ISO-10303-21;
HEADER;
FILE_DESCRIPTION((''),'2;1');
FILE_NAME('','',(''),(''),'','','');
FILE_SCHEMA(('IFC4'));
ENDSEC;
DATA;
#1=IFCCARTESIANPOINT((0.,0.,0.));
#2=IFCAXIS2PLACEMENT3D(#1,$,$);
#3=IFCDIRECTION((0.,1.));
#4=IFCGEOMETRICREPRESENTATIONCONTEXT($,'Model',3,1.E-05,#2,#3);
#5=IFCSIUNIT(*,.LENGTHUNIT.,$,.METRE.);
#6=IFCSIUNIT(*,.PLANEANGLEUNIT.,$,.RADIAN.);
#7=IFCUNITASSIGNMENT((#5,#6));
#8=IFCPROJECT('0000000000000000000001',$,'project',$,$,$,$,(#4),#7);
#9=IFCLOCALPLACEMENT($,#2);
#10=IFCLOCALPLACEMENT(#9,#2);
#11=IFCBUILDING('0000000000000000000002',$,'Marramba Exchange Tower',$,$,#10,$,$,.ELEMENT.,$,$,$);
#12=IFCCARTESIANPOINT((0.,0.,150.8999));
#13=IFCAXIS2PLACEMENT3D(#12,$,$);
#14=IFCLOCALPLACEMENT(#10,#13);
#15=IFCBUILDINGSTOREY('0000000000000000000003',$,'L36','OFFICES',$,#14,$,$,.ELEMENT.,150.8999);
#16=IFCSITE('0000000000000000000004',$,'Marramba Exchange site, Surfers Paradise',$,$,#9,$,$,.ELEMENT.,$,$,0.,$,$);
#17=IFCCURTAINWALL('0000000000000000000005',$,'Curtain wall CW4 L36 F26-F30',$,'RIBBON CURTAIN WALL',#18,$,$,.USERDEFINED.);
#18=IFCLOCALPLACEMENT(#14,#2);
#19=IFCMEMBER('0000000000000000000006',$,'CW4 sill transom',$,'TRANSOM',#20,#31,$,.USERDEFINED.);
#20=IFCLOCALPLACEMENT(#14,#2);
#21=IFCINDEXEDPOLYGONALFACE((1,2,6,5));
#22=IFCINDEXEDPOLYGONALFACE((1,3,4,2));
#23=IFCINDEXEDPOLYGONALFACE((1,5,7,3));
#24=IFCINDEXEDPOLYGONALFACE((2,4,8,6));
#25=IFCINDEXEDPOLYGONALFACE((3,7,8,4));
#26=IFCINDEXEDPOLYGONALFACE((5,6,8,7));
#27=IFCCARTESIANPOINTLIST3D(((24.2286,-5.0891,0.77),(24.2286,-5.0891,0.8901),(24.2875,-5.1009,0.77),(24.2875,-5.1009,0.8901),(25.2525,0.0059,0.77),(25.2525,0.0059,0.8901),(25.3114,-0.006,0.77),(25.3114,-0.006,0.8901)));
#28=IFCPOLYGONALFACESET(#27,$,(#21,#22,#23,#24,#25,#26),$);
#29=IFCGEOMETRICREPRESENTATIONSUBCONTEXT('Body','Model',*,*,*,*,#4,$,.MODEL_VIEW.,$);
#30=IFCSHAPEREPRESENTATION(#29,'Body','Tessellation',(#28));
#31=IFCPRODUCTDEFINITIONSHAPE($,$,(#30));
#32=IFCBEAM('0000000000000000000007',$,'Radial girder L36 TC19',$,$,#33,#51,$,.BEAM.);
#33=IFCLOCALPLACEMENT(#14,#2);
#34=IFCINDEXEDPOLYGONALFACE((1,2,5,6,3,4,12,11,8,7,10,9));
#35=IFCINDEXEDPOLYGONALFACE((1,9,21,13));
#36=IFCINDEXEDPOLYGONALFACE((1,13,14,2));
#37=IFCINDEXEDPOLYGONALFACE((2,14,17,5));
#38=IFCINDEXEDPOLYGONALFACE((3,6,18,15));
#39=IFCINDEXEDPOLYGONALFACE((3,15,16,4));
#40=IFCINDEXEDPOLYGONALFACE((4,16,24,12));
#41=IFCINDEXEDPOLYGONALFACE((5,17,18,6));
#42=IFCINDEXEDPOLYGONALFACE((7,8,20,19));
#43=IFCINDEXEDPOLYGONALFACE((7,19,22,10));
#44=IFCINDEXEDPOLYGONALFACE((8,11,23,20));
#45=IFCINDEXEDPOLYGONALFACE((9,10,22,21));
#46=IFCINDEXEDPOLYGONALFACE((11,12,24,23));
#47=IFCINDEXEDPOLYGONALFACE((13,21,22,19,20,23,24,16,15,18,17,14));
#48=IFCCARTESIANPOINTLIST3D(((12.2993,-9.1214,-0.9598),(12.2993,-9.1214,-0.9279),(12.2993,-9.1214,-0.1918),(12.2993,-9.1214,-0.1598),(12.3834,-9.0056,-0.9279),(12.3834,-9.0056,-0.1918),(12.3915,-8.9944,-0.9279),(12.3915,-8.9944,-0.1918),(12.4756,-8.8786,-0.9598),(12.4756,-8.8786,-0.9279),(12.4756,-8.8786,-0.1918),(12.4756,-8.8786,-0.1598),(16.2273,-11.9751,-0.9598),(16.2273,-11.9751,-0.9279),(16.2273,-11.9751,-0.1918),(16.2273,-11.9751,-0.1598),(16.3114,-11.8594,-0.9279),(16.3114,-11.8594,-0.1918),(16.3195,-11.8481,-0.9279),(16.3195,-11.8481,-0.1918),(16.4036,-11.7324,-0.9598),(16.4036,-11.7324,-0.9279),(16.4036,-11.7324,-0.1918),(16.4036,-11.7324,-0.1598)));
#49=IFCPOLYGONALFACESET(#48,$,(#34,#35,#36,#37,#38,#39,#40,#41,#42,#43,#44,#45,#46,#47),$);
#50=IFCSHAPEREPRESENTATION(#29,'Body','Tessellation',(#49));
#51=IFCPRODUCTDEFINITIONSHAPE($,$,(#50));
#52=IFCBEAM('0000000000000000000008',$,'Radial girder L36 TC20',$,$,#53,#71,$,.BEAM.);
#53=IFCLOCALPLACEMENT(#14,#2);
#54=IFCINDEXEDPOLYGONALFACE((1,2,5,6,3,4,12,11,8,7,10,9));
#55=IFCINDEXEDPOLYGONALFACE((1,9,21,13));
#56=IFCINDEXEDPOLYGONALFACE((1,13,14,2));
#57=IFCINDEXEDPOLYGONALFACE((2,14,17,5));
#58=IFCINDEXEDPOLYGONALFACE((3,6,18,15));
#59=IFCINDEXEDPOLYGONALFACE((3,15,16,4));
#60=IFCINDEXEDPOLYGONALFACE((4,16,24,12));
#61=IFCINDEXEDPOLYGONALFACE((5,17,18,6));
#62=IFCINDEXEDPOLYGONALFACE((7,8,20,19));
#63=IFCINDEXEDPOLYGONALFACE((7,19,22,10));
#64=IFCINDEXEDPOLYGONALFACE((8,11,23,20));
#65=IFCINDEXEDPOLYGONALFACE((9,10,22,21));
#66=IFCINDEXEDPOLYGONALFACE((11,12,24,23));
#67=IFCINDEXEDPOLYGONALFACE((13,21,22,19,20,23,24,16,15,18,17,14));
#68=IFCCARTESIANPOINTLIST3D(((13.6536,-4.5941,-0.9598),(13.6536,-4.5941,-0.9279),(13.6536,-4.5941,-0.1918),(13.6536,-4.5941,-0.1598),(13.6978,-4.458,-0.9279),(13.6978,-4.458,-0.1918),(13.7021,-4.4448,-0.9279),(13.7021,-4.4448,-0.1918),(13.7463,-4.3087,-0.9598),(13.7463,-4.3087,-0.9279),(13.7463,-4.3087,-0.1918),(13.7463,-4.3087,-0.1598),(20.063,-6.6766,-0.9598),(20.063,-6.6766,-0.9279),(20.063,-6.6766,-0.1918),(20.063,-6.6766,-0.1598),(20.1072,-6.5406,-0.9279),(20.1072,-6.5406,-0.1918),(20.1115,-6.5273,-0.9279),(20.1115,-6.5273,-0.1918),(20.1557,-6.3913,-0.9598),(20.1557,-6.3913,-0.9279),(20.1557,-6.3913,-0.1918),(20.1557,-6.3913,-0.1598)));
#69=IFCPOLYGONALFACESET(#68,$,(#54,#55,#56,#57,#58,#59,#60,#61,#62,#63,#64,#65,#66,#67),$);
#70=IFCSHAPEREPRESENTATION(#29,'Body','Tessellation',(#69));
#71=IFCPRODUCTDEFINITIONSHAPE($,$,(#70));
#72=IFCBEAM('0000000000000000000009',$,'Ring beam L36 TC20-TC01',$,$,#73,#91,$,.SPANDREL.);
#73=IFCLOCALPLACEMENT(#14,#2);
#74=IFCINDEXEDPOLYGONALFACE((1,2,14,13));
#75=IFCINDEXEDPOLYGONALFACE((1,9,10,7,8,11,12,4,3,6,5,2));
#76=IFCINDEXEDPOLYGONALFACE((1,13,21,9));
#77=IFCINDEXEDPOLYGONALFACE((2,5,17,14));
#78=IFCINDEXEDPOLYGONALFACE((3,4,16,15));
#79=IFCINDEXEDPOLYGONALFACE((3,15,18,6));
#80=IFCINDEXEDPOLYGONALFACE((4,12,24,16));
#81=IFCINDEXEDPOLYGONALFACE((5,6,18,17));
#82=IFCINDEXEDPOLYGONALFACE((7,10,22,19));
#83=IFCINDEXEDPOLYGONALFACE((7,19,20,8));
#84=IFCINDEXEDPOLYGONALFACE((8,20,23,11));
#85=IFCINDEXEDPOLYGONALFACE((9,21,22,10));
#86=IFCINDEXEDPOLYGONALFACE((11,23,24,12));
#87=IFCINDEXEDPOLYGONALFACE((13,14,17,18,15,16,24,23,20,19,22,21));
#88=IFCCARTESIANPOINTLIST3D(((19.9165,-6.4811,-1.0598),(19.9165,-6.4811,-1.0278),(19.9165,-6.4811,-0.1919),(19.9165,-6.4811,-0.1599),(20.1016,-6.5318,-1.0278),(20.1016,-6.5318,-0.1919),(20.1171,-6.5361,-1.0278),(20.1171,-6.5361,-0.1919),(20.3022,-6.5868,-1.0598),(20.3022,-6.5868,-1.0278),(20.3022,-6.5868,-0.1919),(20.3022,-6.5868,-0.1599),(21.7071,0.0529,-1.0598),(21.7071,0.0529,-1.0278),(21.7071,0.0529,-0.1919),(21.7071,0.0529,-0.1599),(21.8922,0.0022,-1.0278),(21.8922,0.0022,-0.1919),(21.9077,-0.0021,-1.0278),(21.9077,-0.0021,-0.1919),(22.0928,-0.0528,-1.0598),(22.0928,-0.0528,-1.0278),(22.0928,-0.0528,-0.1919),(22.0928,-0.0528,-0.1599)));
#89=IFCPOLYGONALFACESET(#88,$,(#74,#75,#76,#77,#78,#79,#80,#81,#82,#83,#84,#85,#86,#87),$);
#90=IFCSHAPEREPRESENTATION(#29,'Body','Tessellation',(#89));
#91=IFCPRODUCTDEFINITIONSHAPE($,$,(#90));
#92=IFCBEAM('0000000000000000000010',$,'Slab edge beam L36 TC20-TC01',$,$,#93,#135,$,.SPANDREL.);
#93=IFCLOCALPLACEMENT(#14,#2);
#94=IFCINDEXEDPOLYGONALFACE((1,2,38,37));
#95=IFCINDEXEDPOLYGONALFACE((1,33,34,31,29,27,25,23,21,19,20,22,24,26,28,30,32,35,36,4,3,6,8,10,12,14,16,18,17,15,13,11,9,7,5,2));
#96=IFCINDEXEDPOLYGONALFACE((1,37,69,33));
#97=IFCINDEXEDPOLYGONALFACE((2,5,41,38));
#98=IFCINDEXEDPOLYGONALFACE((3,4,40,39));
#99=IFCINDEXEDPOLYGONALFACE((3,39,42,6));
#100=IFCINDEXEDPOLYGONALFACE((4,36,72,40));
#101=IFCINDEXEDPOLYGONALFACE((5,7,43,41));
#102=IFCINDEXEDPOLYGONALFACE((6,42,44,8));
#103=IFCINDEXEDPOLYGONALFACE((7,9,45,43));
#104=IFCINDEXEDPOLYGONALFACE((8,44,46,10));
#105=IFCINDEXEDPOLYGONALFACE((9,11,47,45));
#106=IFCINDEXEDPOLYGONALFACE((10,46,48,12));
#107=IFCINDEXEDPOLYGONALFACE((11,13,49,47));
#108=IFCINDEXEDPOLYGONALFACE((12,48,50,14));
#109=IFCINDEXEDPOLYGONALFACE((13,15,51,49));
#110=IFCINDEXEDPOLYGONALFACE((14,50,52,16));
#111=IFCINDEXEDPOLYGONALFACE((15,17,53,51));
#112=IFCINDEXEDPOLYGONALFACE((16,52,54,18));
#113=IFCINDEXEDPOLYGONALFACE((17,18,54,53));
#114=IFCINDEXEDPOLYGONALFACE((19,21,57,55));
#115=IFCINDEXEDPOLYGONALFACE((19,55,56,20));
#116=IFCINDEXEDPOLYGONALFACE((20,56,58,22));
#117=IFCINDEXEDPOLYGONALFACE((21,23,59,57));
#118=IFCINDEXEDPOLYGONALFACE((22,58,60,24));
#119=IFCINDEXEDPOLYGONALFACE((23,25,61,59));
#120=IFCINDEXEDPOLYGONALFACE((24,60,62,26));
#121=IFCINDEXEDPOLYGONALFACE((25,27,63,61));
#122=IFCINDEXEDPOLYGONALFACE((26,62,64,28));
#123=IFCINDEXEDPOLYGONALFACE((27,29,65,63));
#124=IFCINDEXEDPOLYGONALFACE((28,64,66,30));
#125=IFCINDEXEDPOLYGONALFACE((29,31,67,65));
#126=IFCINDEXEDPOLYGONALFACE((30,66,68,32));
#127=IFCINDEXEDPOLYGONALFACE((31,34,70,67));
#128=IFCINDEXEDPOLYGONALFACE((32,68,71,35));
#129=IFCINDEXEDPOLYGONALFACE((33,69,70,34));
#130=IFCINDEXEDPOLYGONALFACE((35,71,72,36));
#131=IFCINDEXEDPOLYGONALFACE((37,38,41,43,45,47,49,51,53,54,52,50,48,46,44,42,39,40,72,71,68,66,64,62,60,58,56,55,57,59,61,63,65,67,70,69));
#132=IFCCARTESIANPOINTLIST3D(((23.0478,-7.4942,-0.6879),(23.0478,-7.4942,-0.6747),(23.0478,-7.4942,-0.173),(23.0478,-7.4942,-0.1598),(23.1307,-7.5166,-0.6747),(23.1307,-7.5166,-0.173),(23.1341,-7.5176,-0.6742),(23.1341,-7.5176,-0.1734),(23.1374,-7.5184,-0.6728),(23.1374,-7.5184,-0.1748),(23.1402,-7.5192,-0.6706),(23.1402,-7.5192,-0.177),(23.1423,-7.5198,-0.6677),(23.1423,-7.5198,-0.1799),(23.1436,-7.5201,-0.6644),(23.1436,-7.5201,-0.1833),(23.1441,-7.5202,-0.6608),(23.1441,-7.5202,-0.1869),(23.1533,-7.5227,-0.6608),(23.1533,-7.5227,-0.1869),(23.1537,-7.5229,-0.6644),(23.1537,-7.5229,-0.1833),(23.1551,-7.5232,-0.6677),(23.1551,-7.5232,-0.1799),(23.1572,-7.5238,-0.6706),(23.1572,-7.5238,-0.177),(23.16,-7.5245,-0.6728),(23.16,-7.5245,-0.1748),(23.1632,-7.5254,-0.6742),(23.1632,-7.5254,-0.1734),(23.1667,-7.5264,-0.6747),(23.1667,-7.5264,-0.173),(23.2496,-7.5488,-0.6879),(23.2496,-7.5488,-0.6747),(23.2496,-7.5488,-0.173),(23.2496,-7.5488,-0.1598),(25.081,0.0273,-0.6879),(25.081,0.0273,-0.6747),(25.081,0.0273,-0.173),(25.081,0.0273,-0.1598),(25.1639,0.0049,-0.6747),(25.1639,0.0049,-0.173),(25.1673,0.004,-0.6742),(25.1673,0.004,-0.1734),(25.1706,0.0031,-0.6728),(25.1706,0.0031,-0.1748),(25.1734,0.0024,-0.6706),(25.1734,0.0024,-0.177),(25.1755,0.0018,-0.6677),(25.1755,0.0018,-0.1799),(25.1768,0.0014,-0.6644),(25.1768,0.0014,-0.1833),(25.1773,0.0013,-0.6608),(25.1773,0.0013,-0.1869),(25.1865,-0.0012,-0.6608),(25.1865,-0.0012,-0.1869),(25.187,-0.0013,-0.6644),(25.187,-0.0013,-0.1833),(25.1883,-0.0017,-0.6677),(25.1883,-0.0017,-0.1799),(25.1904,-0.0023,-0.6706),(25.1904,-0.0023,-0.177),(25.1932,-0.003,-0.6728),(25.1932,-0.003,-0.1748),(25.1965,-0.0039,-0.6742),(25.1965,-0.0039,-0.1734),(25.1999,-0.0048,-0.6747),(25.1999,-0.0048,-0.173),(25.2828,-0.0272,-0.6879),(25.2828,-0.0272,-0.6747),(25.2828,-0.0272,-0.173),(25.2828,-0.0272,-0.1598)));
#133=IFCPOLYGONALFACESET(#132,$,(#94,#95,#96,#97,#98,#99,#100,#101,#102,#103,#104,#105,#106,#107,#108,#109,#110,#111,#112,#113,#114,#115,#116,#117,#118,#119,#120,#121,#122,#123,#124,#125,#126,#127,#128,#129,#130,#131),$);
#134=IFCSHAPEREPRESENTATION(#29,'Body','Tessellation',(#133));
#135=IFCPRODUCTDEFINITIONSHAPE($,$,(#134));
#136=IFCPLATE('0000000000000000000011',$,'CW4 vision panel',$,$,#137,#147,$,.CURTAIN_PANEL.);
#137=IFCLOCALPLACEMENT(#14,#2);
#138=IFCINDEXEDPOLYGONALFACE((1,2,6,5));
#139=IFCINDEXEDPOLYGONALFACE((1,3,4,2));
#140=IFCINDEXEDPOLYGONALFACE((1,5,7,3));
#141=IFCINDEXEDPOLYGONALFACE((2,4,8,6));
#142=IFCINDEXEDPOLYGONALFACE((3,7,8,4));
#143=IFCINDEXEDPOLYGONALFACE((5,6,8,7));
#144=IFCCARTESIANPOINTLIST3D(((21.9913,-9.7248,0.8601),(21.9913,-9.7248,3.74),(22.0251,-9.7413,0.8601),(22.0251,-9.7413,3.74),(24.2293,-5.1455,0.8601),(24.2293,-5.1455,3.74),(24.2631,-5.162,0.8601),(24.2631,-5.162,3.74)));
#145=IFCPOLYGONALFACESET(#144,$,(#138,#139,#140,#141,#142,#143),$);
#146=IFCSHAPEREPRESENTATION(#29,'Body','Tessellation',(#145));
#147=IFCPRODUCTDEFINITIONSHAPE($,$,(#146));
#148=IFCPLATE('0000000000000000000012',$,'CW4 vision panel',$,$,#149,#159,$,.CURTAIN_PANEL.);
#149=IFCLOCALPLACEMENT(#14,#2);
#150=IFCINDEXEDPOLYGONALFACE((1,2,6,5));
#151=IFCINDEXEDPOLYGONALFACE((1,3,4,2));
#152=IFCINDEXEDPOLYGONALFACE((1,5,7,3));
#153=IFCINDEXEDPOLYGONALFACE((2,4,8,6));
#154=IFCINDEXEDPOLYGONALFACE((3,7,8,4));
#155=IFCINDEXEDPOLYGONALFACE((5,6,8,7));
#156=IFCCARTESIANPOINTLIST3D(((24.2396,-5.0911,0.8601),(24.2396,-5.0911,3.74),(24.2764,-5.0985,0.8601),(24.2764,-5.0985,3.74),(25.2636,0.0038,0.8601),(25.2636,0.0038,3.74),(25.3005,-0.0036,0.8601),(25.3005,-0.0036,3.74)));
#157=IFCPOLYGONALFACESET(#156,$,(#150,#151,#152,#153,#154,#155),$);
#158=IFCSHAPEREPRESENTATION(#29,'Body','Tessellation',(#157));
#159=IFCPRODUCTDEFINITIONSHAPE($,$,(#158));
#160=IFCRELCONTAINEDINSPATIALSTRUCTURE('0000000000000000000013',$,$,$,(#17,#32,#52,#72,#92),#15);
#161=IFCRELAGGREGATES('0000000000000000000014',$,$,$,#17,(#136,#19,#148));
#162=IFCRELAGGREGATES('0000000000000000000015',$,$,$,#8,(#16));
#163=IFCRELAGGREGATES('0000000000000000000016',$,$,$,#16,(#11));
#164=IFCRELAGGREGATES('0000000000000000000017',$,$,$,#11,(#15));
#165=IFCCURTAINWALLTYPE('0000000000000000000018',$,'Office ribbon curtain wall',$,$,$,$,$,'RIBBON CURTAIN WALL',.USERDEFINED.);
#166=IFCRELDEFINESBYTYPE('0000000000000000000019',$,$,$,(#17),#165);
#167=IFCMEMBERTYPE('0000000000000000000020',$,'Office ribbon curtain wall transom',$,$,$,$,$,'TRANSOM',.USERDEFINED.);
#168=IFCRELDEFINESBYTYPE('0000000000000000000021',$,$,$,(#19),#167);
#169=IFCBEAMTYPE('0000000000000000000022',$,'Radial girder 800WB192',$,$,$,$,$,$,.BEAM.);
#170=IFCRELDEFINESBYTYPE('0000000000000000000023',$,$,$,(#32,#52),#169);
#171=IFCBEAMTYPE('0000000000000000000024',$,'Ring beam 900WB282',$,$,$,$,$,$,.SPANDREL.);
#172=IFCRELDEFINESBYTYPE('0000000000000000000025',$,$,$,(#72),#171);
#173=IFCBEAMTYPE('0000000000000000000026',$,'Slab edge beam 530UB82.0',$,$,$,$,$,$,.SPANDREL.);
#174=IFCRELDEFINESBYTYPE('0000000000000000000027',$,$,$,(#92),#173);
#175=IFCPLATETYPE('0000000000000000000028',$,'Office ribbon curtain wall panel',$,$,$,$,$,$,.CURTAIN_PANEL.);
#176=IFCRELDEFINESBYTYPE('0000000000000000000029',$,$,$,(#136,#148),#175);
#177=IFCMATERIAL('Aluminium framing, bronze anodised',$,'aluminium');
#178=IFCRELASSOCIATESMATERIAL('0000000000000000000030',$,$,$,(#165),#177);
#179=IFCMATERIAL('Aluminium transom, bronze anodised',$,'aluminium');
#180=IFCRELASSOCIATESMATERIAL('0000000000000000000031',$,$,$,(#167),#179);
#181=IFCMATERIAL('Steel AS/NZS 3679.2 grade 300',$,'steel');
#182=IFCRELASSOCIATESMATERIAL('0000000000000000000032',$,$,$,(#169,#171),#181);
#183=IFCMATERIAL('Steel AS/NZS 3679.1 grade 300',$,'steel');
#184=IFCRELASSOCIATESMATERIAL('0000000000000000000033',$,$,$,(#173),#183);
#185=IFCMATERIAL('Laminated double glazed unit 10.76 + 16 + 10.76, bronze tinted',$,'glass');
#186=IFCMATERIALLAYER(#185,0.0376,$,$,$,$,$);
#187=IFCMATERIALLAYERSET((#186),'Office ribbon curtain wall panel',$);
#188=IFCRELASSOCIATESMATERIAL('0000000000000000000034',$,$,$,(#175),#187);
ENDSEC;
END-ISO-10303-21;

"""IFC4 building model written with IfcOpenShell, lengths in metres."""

from ifc_helpers import new_model, si_unit, direction, frame, origin, origin_2d, place, context, subcontext, project, spatial, rectangle, i_section, extrude, material, layer, layer_set, material_profile, profile_set, type_object, element, aggregate, save


model = new_model("IFC4")

# Units and contexts
model_context = context("Model", 3, precision=1e-05, world=origin(), true_north=direction((0.0, 1.0)))
body_context = subcontext(model_context, "Body", "Model", "MODEL_VIEW")
ifc_project = project(units=[si_unit("LENGTHUNIT", "METRE"), si_unit("PLANEANGLEUNIT", "RADIAN")], contexts=[model_context])

# Site, building, storey
site_placement = place(None, origin())
site = spatial("IfcSite", under=ifc_project, at=site_placement, Name="Marramba Exchange site, Surfers Paradise", CompositionType="ELEMENT", RefElevation=0.0)
building_placement = place(site_placement, origin())
building = spatial("IfcBuilding", under=site, at=building_placement, Name="Marramba Exchange Tower", CompositionType="ELEMENT")
storey_placement = place(building_placement, frame((0.0, 0.0, 150.8999)))
storey = spatial("IfcBuildingStorey", under=building, at=storey_placement, Name="L36", Description="OFFICES", CompositionType="ELEMENT", Elevation=150.8999)

# Shared definitions
ifc_material_1 = material(Name="Steel AS/NZS 3679.2 grade 300", Category="steel")
ifc_material_2 = material(Name="Steel AS/NZS 3679.1 grade 300", Category="steel")

# Curtain wall, member
ifc_material_3 = material(Name="Aluminium framing, bronze anodised", Category="aluminium")
curtain_wall_type = type_object("IfcCurtainWallType", Name="Office ribbon curtain wall", ElementType="RIBBON CURTAIN WALL", PredefinedType="USERDEFINED", material=ifc_material_3)
curtain_wall_placement = place(storey_placement, origin())
curtain_wall = element("IfcCurtainWall", 1, at=curtain_wall_placement, inside=storey, type_object=curtain_wall_type, Name="Curtain wall CW4 L36 F26-F30", ObjectType="RIBBON CURTAIN WALL", PredefinedType="USERDEFINED")
ifc_material_4 = material(Name="Aluminium transom, bronze anodised", Category="aluminium")
ifc_material_profile_1 = material_profile(ifc_material_4, rectangle(XDim=0.0601, YDim=0.1201, at=origin_2d()), Name="CW4 transom 60x120")
ifc_profile_set_1 = profile_set([ifc_material_profile_1], Name="Aluminium transom, bronze anodised")
member_type_1 = type_object("IfcMemberType", Name="Office ribbon curtain wall transom", ElementType="TRANSOM", PredefinedType="USERDEFINED", material=ifc_profile_set_1)
member_1_placement = place(storey_placement, frame((24.2581, -5.095, 0.8301), z_axis=(0.197029, 0.980398, 0.0), x_axis=(-0.980398, 0.197029, 0.0)))
member_1 = element("IfcMember", 2, at=member_1_placement, type_object=member_type_1, Name="CW4 sill transom", ObjectType="TRANSOM", PredefinedType="USERDEFINED", context=body_context, shape_type="SweptSolid", body=[
    extrude(rectangle(XDim=0.0601, YDim=0.1201, at=origin_2d()), origin(), (0.0, 0.0, 1.0), 5.1968),
])

# Beams
ifc_material_profile_2 = material_profile(ifc_material_1, i_section(OverallWidth=0.3, OverallDepth=0.8, WebThickness=0.0139, FlangeThickness=0.032, at=origin_2d()), Name="800WB192")
ifc_profile_set_2 = profile_set([ifc_material_profile_2], Name="Steel AS/NZS 3679.2 grade 300")
beam_type_1 = type_object("IfcBeamType", Name="Radial girder 800WB192", PredefinedType="BEAM", material=ifc_profile_set_2)
beam_1_placement = place(storey_placement, frame((12.3875, -9.0, -0.5598), z_axis=(0.809025, -0.587774, 0.0), x_axis=(0.587774, 0.809025, 0.0)))
element("IfcBeam", 3, at=beam_1_placement, inside=storey, type_object=beam_type_1, Name="Radial girder L36 TC19", PredefinedType="BEAM", context=body_context, shape_type="SweptSolid", body=[
    extrude(i_section(OverallWidth=0.3, OverallDepth=0.8, WebThickness=0.0139, FlangeThickness=0.032, at=origin_2d()), origin(), (0.0, 0.0, 1.0), 4.8552),
])
beam_2_placement = place(storey_placement, frame((13.7, -4.4514, -0.5598), z_axis=(0.951058, -0.309013, 0.0), x_axis=(0.309013, 0.951058, 0.0)))
element("IfcBeam", 4, at=beam_2_placement, inside=storey, type_object=beam_type_1, Name="Radial girder L36 TC20", PredefinedType="BEAM", context=body_context, shape_type="SweptSolid", body=[
    extrude(i_section(OverallWidth=0.3, OverallDepth=0.8, WebThickness=0.0139, FlangeThickness=0.032, at=origin_2d()), origin(), (0.0, 0.0, 1.0), 6.7393),
])
ifc_material_profile_3 = material_profile(ifc_material_1, i_section(OverallWidth=0.3999, OverallDepth=0.8999, WebThickness=0.0161, FlangeThickness=0.032, at=origin_2d()), Name="900WB282")
ifc_profile_set_3 = profile_set([ifc_material_profile_3], Name="Steel AS/NZS 3679.2 grade 300")
beam_type_2 = type_object("IfcBeamType", Name="Ring beam 900WB282", PredefinedType="SPANDREL", material=ifc_profile_set_3)
beam_3_placement = place(storey_placement, frame((20.1094, -6.5339, -0.6099), z_axis=(0.264291, 0.964443, 0.0), x_axis=(-0.964443, 0.264291, 0.0)))
element("IfcBeam", 5, at=beam_3_placement, inside=storey, type_object=beam_type_2, Name="Ring beam L36 TC20-TC01", PredefinedType="SPANDREL", context=body_context, shape_type="SweptSolid", body=[
    extrude(i_section(OverallWidth=0.3999, OverallDepth=0.8999, WebThickness=0.0161, FlangeThickness=0.032, at=origin_2d()), origin(), (0.0, 0.0, 1.0), 6.7749),
])
ifc_material_profile_4 = material_profile(ifc_material_2, i_section(OverallWidth=0.209, OverallDepth=0.5281, WebThickness=0.0095, FlangeThickness=0.0132, FilletRadius=0.0139, at=origin_2d()), Name="530UB82.0")
ifc_profile_set_4 = profile_set([ifc_material_profile_4], Name="Steel AS/NZS 3679.1 grade 300")
beam_type_3 = type_object("IfcBeamType", Name="Slab edge beam 530UB82.0", PredefinedType="SPANDREL", material=ifc_profile_set_4)
beam_4_placement = place(storey_placement, frame((23.1487, -7.5215, -0.4238), z_axis=(0.260953, 0.965351, 0.0), x_axis=(-0.965351, 0.260953, 0.0)))
element("IfcBeam", 6, at=beam_4_placement, inside=storey, type_object=beam_type_3, Name="Slab edge beam L36 TC20-TC01", PredefinedType="SPANDREL", context=body_context, shape_type="SweptSolid", body=[
    extrude(i_section(OverallWidth=0.209, OverallDepth=0.5281, WebThickness=0.0095, FlangeThickness=0.0132, FilletRadius=0.0139, at=origin_2d()), origin(), (0.0, 0.0, 1.0), 7.7915),
])

# Plates
ifc_material_5 = material(Name="Laminated double glazed unit 10.76 + 16 + 10.76, bronze tinted", Category="glass")
ifc_layer_1 = layer(ifc_material_5, 0.0376)
ifc_layer_set_1 = layer_set([ifc_layer_1], Name="Office ribbon curtain wall panel")
plate_type = type_object("IfcPlateType", Name="Office ribbon curtain wall panel", PredefinedType="CURTAIN_PANEL", material=ifc_layer_set_1)
plate_1_placement = place(storey_placement, frame((23.1272, -7.4434, 0.8601), z_axis=(0.0, 0.0, 1.0), x_axis=(0.439086, 0.898445, 0.0)))
plate_1 = element("IfcPlate", 7, at=plate_1_placement, type_object=plate_type, Name="CW4 vision panel", PredefinedType="CURTAIN_PANEL", context=body_context, shape_type="SweptSolid", body=[
    extrude(rectangle(XDim=5.0969, YDim=0.0376, at=origin_2d()), origin(), (0.0, 0.0, 1.0), 2.8799),
])
plate_2_placement = place(storey_placement, frame((24.77, -2.5474, 0.8601), z_axis=(0.0, 0.0, 1.0), x_axis=(0.197049, 0.980394, 0.0)))
plate_2 = element("IfcPlate", 8, at=plate_2_placement, type_object=plate_type, Name="CW4 vision panel", PredefinedType="CURTAIN_PANEL", context=body_context, shape_type="SweptSolid", body=[
    extrude(rectangle(XDim=5.1968, YDim=0.0376, at=origin_2d()), origin(), (0.0, 0.0, 1.0), 2.8799),
])
aggregate(curtain_wall, [plate_1, member_1, plate_2])

save(model, "model.ifc")
